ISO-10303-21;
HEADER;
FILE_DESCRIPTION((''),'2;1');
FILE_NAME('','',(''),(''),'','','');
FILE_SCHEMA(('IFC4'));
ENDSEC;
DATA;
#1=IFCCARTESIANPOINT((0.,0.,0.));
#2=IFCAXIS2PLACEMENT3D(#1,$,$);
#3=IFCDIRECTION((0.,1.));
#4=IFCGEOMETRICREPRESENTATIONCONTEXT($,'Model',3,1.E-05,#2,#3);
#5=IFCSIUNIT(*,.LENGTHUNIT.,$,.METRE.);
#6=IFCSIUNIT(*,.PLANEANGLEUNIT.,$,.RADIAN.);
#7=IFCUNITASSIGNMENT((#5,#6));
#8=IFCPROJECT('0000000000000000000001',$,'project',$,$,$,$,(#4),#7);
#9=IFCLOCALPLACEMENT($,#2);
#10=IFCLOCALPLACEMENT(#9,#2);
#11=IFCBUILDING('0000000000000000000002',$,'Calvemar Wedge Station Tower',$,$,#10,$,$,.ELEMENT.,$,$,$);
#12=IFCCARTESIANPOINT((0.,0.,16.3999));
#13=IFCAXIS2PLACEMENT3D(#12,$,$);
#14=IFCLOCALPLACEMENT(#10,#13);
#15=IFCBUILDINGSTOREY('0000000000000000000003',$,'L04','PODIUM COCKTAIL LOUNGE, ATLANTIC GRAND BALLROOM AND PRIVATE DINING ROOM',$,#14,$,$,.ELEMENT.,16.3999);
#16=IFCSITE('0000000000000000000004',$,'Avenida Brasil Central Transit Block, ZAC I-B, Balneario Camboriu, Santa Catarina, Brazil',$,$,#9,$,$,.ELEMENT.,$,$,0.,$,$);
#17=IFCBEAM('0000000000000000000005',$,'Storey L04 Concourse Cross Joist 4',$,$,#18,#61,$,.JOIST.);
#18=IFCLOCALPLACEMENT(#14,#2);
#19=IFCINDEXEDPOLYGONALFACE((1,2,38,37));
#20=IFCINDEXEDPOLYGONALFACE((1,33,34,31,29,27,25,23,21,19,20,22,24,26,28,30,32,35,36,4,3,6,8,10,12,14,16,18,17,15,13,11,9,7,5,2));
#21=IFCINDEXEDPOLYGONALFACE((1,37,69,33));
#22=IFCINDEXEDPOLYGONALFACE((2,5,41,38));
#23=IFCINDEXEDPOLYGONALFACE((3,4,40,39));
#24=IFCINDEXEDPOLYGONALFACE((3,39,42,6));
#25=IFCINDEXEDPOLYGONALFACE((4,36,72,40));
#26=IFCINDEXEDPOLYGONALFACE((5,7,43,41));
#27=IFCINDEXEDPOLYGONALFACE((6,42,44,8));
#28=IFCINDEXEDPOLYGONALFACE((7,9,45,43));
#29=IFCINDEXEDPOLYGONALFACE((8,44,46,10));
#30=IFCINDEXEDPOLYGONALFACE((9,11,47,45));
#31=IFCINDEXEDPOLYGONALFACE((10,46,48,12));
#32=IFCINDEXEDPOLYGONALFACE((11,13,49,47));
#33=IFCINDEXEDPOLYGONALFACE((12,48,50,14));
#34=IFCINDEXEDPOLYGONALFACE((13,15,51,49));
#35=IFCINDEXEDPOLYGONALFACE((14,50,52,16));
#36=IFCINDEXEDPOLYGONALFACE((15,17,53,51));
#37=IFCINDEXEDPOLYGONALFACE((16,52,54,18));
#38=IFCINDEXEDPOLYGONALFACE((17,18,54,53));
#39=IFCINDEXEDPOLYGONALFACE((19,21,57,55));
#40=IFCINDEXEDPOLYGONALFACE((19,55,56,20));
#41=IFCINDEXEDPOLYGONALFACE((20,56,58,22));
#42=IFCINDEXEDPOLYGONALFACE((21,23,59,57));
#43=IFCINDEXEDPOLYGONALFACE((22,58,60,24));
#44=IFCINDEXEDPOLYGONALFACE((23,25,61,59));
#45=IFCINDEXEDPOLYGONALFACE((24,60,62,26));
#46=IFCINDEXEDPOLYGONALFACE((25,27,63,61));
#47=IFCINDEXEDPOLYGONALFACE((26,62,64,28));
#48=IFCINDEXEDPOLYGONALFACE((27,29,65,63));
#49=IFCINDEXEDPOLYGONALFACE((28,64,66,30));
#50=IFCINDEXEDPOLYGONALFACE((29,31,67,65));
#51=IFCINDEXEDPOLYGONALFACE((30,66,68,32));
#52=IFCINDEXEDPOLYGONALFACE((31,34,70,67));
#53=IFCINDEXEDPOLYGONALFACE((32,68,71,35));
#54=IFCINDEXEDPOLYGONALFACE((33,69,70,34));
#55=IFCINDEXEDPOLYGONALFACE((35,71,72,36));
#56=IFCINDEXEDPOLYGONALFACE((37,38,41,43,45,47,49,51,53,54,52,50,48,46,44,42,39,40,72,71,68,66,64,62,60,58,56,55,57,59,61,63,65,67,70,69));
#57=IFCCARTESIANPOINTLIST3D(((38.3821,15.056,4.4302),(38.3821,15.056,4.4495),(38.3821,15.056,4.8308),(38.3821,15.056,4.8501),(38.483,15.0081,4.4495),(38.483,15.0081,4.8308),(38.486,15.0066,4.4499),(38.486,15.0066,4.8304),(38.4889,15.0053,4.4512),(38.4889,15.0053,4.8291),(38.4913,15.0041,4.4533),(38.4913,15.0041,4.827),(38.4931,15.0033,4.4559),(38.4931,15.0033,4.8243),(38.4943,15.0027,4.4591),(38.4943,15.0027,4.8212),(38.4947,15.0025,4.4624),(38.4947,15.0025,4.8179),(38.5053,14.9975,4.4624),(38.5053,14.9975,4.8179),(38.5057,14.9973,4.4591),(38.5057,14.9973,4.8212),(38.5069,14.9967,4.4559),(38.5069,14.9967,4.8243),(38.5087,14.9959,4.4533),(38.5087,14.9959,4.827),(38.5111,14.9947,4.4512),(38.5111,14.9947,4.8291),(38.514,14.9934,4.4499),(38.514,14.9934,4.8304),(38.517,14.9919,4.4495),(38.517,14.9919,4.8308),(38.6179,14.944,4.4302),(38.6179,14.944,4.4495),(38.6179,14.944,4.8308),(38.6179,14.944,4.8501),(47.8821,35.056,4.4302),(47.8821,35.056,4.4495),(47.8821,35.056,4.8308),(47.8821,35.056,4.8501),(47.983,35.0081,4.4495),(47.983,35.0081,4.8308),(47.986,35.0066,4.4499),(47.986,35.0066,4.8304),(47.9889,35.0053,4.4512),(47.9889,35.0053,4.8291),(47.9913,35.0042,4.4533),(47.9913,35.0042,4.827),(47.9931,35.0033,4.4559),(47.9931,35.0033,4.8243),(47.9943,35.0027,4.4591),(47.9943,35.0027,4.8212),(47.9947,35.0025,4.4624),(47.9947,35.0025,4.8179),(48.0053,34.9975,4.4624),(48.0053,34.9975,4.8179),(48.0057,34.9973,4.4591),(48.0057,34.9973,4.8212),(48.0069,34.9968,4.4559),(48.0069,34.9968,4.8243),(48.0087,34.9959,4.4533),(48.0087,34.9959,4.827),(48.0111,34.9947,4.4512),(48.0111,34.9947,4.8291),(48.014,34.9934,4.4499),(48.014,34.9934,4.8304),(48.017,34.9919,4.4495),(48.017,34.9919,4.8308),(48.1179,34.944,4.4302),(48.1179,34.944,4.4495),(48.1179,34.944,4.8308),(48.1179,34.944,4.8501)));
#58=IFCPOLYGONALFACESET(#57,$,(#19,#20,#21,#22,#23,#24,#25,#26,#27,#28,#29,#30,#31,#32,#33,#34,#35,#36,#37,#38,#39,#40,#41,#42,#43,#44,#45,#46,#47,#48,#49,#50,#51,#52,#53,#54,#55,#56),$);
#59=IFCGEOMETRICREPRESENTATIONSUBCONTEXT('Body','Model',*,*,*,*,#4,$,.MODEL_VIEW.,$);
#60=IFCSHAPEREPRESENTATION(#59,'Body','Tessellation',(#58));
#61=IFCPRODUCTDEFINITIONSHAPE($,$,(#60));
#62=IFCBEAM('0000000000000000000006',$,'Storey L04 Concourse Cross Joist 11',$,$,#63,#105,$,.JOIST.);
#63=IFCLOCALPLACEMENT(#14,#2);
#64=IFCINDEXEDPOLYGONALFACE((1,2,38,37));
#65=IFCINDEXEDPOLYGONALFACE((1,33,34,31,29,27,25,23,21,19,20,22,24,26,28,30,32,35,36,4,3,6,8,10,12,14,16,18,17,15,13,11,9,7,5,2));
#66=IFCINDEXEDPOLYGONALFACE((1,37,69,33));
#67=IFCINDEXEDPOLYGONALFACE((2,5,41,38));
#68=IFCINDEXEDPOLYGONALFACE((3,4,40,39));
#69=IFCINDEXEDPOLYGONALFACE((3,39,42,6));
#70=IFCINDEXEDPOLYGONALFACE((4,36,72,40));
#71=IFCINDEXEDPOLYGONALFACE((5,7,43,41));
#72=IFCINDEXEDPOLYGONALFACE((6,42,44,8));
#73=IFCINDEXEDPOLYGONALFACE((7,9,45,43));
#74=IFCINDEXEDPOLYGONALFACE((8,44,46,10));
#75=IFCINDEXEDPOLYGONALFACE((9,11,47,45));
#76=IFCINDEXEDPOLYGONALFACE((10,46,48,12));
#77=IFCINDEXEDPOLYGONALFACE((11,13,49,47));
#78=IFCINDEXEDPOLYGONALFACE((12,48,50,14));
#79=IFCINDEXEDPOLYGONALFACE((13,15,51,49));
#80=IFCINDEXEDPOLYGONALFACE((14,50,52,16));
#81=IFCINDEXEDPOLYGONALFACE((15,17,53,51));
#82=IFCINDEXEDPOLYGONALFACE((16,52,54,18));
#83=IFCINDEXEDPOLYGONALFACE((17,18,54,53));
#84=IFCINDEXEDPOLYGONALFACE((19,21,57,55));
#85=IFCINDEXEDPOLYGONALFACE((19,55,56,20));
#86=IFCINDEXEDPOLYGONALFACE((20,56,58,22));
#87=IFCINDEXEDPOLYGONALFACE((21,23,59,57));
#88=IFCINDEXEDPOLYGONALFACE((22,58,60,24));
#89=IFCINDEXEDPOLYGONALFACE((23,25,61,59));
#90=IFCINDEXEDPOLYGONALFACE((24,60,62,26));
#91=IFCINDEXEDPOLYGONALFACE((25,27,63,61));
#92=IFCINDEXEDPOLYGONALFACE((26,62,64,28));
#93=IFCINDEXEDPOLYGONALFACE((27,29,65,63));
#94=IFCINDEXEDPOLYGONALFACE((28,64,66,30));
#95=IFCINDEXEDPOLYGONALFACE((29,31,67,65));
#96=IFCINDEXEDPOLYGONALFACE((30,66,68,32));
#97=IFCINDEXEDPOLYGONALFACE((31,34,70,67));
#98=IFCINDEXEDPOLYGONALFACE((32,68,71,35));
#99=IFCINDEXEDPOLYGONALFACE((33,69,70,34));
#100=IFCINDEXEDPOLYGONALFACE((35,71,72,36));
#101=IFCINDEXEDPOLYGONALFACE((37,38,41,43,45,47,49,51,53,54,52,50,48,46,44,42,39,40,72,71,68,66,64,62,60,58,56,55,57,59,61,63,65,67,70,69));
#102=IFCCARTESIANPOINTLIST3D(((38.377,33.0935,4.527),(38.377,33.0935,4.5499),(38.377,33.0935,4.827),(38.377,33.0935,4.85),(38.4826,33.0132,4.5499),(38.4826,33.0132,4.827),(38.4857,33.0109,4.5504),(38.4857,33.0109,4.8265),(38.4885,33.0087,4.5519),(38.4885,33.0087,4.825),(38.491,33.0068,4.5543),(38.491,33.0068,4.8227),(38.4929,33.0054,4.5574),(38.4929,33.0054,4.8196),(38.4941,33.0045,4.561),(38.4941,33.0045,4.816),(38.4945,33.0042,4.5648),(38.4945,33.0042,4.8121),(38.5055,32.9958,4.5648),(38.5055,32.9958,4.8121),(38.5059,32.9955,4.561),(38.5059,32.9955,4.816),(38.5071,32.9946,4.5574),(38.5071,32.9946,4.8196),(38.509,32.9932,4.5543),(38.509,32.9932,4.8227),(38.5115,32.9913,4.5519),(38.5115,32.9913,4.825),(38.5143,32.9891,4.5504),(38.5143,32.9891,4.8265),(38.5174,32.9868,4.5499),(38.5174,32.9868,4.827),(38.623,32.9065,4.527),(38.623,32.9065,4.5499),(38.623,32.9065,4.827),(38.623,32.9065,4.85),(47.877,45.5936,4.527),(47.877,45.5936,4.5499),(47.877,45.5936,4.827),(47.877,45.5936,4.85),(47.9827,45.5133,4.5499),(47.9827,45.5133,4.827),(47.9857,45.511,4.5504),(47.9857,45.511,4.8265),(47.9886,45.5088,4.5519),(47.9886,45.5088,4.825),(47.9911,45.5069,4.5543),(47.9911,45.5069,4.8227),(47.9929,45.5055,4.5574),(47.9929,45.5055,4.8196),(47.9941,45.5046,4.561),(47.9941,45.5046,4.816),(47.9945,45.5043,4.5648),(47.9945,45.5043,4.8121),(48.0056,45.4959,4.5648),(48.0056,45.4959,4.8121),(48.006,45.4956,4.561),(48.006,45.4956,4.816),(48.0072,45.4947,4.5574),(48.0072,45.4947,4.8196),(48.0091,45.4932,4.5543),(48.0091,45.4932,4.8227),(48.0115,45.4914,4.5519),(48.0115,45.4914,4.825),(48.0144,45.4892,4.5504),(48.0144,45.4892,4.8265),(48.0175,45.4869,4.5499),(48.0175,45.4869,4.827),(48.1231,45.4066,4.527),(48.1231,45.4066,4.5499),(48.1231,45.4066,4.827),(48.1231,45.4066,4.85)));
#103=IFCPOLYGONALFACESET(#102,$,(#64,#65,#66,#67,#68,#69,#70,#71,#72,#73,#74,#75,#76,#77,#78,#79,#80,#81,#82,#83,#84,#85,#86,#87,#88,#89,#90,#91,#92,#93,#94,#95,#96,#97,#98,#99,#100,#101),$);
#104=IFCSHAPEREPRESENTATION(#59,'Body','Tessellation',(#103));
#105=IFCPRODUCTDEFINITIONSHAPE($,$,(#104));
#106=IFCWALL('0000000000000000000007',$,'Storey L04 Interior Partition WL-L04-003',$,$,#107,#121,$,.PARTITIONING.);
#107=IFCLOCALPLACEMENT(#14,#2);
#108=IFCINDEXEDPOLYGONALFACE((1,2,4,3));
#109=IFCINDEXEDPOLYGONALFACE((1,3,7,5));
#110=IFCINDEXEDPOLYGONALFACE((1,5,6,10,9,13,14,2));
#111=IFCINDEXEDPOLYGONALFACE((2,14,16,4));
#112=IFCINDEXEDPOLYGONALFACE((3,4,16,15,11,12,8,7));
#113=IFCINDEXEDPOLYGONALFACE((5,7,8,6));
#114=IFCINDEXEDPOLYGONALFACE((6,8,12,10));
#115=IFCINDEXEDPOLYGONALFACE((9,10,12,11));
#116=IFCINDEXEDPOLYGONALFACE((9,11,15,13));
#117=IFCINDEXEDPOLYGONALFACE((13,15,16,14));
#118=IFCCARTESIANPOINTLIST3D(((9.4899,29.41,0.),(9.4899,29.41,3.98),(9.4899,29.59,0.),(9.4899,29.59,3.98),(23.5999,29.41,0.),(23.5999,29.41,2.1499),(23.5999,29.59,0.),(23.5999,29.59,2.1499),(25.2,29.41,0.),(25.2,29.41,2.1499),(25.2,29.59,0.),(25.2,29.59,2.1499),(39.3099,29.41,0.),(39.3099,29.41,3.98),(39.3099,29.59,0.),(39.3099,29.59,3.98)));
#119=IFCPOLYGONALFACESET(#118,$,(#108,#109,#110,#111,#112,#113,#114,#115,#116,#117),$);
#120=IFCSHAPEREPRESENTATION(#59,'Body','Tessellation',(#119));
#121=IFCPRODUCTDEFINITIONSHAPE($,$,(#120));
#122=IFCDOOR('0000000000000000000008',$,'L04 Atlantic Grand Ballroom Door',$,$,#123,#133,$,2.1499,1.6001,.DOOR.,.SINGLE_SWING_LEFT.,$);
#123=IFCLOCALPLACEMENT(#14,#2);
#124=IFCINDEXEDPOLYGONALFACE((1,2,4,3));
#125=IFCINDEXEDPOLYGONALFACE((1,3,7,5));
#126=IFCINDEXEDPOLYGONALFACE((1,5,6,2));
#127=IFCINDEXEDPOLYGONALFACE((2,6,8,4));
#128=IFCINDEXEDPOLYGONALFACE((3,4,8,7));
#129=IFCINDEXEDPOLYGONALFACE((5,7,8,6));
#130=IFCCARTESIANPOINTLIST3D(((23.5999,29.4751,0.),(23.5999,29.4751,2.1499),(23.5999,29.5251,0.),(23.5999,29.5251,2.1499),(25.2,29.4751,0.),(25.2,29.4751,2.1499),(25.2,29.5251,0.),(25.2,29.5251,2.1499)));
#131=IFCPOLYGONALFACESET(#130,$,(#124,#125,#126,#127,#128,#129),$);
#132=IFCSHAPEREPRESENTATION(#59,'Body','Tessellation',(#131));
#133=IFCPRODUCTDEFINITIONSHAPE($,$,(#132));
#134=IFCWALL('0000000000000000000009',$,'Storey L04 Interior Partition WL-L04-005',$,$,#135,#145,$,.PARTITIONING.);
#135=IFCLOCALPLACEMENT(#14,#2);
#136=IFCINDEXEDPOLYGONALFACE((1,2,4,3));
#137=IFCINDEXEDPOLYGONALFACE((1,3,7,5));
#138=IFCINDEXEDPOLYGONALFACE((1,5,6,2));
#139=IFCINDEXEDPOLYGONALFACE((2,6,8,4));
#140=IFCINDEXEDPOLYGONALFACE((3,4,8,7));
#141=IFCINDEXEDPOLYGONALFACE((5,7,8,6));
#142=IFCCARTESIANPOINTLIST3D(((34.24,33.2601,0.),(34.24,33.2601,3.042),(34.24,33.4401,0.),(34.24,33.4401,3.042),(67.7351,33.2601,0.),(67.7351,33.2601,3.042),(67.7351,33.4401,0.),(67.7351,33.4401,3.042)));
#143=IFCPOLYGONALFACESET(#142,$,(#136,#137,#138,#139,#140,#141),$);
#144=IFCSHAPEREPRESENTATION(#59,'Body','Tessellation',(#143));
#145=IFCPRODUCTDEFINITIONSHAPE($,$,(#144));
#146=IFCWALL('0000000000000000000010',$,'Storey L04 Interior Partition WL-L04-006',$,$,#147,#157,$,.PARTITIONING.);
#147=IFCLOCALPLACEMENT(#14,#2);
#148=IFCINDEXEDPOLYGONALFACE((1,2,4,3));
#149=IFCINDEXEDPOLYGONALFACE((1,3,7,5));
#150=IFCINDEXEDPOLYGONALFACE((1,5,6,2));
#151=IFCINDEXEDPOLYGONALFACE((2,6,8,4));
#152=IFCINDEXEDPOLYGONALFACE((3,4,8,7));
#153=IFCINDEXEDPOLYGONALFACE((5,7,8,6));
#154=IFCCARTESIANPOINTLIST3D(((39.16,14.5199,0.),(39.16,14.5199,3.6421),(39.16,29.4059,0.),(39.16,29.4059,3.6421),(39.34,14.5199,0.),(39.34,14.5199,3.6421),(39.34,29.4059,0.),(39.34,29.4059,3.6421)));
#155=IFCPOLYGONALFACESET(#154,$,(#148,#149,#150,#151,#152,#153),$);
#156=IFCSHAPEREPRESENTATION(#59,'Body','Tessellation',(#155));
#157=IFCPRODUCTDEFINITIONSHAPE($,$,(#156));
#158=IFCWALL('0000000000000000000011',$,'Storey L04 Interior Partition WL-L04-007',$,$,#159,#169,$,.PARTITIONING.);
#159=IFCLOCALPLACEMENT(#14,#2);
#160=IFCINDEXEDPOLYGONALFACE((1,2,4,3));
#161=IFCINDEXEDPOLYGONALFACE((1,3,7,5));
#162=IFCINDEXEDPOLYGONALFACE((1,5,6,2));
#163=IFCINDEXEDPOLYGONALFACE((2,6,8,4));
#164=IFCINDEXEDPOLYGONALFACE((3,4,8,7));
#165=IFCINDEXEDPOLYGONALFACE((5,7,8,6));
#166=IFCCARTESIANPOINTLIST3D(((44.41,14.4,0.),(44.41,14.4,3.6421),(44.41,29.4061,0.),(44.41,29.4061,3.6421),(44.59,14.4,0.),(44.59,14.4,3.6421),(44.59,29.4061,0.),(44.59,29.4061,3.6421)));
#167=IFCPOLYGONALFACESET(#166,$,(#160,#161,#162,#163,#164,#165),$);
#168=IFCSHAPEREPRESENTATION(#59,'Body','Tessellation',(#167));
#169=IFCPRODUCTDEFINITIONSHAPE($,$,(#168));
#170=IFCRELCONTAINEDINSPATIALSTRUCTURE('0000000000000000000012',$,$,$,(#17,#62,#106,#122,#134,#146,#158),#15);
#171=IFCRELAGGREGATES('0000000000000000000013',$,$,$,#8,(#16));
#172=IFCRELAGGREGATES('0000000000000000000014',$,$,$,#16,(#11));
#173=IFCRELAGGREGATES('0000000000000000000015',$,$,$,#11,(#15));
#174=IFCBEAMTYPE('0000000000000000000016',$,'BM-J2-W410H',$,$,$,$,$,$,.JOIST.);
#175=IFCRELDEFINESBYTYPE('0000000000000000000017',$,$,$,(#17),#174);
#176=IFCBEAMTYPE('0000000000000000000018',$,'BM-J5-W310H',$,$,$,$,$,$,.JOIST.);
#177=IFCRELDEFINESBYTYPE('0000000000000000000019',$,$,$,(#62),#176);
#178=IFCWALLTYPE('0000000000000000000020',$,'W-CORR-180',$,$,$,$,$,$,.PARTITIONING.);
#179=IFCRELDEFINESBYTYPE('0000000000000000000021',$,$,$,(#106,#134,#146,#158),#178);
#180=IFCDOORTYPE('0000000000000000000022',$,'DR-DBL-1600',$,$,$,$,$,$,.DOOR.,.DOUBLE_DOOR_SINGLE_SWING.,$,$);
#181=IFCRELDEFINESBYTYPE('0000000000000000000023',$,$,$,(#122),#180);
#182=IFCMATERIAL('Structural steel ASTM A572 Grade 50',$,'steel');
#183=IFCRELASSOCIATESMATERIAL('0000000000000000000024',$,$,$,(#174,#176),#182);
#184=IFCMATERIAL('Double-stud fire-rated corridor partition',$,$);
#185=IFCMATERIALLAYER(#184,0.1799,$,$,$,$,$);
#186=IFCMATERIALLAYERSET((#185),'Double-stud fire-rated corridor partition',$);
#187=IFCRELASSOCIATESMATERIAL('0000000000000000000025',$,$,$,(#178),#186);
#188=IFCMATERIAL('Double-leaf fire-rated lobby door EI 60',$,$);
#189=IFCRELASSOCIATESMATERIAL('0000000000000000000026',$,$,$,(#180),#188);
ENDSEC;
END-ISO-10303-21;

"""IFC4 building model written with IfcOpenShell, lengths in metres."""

from ifc_helpers import new_model, si_unit, direction, frame, frame_2d, origin, origin_2d, place, context, subcontext, project, spatial, rectangle, i_section, extrude, source, transform, mapped, material, layer, layer_set, material_profile, profile_set, type_object, element, fill, save


model = new_model("IFC4")

# Units and contexts
model_context = context("Model", 3, precision=1e-05, world=origin(), true_north=direction((0.0, 1.0)))
body_context = subcontext(model_context, "Body", "Model", "MODEL_VIEW")
ifc_project = project(units=[si_unit("LENGTHUNIT", "METRE"), si_unit("PLANEANGLEUNIT", "RADIAN")], contexts=[model_context])

# Site, building, storey
site_placement = place(None, origin())
site = spatial("IfcSite", under=ifc_project, at=site_placement, Name="Avenida Brasil Central Transit Block, ZAC I-B, Balneario Camboriu, Santa Catarina, Brazil", CompositionType="ELEMENT", RefElevation=0.0)
building_placement = place(site_placement, origin())
building = spatial("IfcBuilding", under=site, at=building_placement, Name="Calvemar Wedge Station Tower", CompositionType="ELEMENT")
storey_placement = place(building_placement, frame((0.0, 0.0, 16.3999)))
storey = spatial("IfcBuildingStorey", under=building, at=storey_placement, Name="L04", Description="PODIUM COCKTAIL LOUNGE, ATLANTIC GRAND BALLROOM AND PRIVATE DINING ROOM", CompositionType="ELEMENT", Elevation=16.3999)

# Beams
ifc_material_1 = material(Name="Structural steel ASTM A572 Grade 50", Category="steel")
ifc_material_profile_1 = material_profile(ifc_material_1, i_section(OverallWidth=0.261, OverallDepth=0.4199, WebThickness=0.0117, FlangeThickness=0.0193, FilletRadius=0.0129, at=origin_2d()), Name="W410x114")
ifc_profile_set_1 = profile_set([ifc_material_profile_1], Name="Structural steel ASTM A572 Grade 50")
beam_type_1 = type_object("IfcBeamType", Name="BM-J2-W410H", PredefinedType="JOIST", material=ifc_profile_set_1)
shared_shape_1 = source(origin(), body_context, "Body", "SweptSolid", [
    extrude(i_section(OverallWidth=0.261, OverallDepth=0.4199, WebThickness=0.0117, FlangeThickness=0.0193, FilletRadius=0.0129, at=origin_2d()), origin(), (0.0, 0.0, 1.0), 22.1416),
])
beam_1_placement = place(storey_placement, frame((38.5, 15.0, 4.6401), z_axis=(0.429057, 0.903278, 0.0), x_axis=(-0.903278, 0.429057, 0.0)))
element("IfcBeam", 1, at=beam_1_placement, inside=storey, type_object=beam_type_1, Name="Storey L04 Concourse Cross Joist 4", PredefinedType="JOIST", context=body_context, shape_type="MappedRepresentation", body=[
    mapped(shared_shape_1, transform((0.0, 0.0, 0.0), scale=1.0)),
])
ifc_material_profile_2 = material_profile(ifc_material_1, i_section(OverallWidth=0.3091, OverallDepth=0.323, WebThickness=0.0139, FlangeThickness=0.0229, FilletRadius=0.0149, at=origin_2d()), Name="W310x143")
ifc_profile_set_2 = profile_set([ifc_material_profile_2], Name="Structural steel ASTM A572 Grade 50")
beam_type_2 = type_object("IfcBeamType", Name="BM-J5-W310H", PredefinedType="JOIST", material=ifc_profile_set_2)
shared_shape_2 = source(origin(), body_context, "Body", "SweptSolid", [
    extrude(i_section(OverallWidth=0.3091, OverallDepth=0.323, WebThickness=0.0139, FlangeThickness=0.0229, FilletRadius=0.0149, at=origin_2d()), origin(), (0.0, 0.0, 1.0), 15.7004),
])
beam_2_placement = place(storey_placement, frame((38.5, 33.0, 4.6885), z_axis=(0.605083, 0.796162, 0.0), x_axis=(-0.796162, 0.605083, 0.0)))
element("IfcBeam", 2, at=beam_2_placement, inside=storey, type_object=beam_type_2, Name="Storey L04 Concourse Cross Joist 11", PredefinedType="JOIST", context=body_context, shape_type="MappedRepresentation", body=[
    mapped(shared_shape_2, transform((0.0, 0.0, 0.0), scale=1.0)),
])

# Wall, opening, door
ifc_material_2 = material(Name="Double-stud fire-rated corridor partition")
ifc_layer_1 = layer(ifc_material_2, 0.1799)
ifc_layer_set_1 = layer_set([ifc_layer_1], Name="Double-stud fire-rated corridor partition")
wall_type_1 = type_object("IfcWallType", Name="W-CORR-180", PredefinedType="PARTITIONING", material=ifc_layer_set_1)
wall_1_placement = place(storey_placement, frame((39.3101, 29.5, 0.0), z_axis=(0.0, 0.0, 1.0), x_axis=(-1.0, 0.0, 0.0)))
wall_1 = element("IfcWall", 3, at=wall_1_placement, inside=storey, type_object=wall_type_1, Name="Storey L04 Interior Partition WL-L04-003", PredefinedType="PARTITIONING", context=body_context, shape_type="SweptSolid", body=[
    extrude(rectangle(XDim=29.8201, YDim=0.1799, at=frame_2d((14.9102, 0.0))), origin(), (0.0, 0.0, 1.0), 3.98),
])
shared_shape_3 = source(origin(), body_context, "Body", "SweptSolid", [
    extrude(rectangle(XDim=1.6001, YDim=2.1499, at=frame_2d((0.8, 1.075))), frame((0.0, 0.1001, 0.0), z_axis=(0.0, -1.0, 0.0), x_axis=(1.0, 0.0, 0.0)), (0.0, 0.0, 1.0), 0.2),
])
opening_1_placement = place(wall_1_placement, frame((14.1101, 0.0, 0.0)))
opening_1 = element("IfcOpeningElement", 4, at=opening_1_placement, cuts=wall_1, PredefinedType="OPENING", context=body_context, shape_type="MappedRepresentation", body=[
    mapped(shared_shape_3, transform((0.0, 0.0, 0.0), scale=1.0)),
])
ifc_material_3 = material(Name="Double-leaf fire-rated lobby door EI 60")
door_type_1 = type_object("IfcDoorType", Name="DR-DBL-1600", OperationType="DOUBLE_DOOR_SINGLE_SWING", PredefinedType="DOOR", material=ifc_material_3)
shared_shape_4 = source(origin(), body_context, "Body", "SweptSolid", [
    extrude(rectangle(XDim=1.6001, YDim=2.1499, at=frame_2d((0.8, 1.075))), frame((0.0, 0.0249, 0.0), z_axis=(0.0, -1.0, 0.0), x_axis=(1.0, 0.0, 0.0)), (0.0, 0.0, 1.0), 0.05),
])
door_1_placement = place(opening_1_placement, origin())
door_1 = element("IfcDoor", 5, at=door_1_placement, inside=storey, type_object=door_type_1, Name="L04 Atlantic Grand Ballroom Door", OperationType="SINGLE_SWING_LEFT", OverallHeight=2.1499, OverallWidth=1.6001, PredefinedType="DOOR", context=body_context, shape_type="MappedRepresentation", body=[
    mapped(shared_shape_4, transform((0.0, 0.0, 0.0), scale=1.0)),
])
fill(opening_1, door_1)

# Walls
wall_2_placement = place(storey_placement, frame((34.24, 33.3501, 0.0), z_axis=(0.0, 0.0, 1.0), x_axis=(1.0, 0.0, 0.0)))
element("IfcWall", 6, at=wall_2_placement, inside=storey, type_object=wall_type_1, Name="Storey L04 Interior Partition WL-L04-005", PredefinedType="PARTITIONING", context=body_context, shape_type="SweptSolid", body=[
    extrude(rectangle(XDim=33.4951, YDim=0.1799, at=frame_2d((16.7476, 0.0))), origin(), (0.0, 0.0, 1.0), 3.042),
])
wall_3_placement = place(storey_placement, frame((39.25, 14.52, 0.0), z_axis=(0.0, 0.0, 1.0), x_axis=(0.0, 1.0, 0.0)))
element("IfcWall", 7, at=wall_3_placement, inside=storey, type_object=wall_type_1, Name="Storey L04 Interior Partition WL-L04-006", PredefinedType="PARTITIONING", context=body_context, shape_type="SweptSolid", body=[
    extrude(rectangle(XDim=14.886, YDim=0.1799, at=frame_2d((7.4429, 0.0))), origin(), (0.0, 0.0, 1.0), 3.6421),
])
wall_4_placement = place(storey_placement, frame((44.5, 29.406, 0.0), z_axis=(0.0, 0.0, 1.0), x_axis=(0.0, -1.0, 0.0)))
element("IfcWall", 8, at=wall_4_placement, inside=storey, type_object=wall_type_1, Name="Storey L04 Interior Partition WL-L04-007", PredefinedType="PARTITIONING", context=body_context, shape_type="SweptSolid", body=[
    extrude(rectangle(XDim=15.0061, YDim=0.1799, at=frame_2d((7.5029, 0.0))), origin(), (0.0, 0.0, 1.0), 3.6421),
])

save(model, "model.ifc")
